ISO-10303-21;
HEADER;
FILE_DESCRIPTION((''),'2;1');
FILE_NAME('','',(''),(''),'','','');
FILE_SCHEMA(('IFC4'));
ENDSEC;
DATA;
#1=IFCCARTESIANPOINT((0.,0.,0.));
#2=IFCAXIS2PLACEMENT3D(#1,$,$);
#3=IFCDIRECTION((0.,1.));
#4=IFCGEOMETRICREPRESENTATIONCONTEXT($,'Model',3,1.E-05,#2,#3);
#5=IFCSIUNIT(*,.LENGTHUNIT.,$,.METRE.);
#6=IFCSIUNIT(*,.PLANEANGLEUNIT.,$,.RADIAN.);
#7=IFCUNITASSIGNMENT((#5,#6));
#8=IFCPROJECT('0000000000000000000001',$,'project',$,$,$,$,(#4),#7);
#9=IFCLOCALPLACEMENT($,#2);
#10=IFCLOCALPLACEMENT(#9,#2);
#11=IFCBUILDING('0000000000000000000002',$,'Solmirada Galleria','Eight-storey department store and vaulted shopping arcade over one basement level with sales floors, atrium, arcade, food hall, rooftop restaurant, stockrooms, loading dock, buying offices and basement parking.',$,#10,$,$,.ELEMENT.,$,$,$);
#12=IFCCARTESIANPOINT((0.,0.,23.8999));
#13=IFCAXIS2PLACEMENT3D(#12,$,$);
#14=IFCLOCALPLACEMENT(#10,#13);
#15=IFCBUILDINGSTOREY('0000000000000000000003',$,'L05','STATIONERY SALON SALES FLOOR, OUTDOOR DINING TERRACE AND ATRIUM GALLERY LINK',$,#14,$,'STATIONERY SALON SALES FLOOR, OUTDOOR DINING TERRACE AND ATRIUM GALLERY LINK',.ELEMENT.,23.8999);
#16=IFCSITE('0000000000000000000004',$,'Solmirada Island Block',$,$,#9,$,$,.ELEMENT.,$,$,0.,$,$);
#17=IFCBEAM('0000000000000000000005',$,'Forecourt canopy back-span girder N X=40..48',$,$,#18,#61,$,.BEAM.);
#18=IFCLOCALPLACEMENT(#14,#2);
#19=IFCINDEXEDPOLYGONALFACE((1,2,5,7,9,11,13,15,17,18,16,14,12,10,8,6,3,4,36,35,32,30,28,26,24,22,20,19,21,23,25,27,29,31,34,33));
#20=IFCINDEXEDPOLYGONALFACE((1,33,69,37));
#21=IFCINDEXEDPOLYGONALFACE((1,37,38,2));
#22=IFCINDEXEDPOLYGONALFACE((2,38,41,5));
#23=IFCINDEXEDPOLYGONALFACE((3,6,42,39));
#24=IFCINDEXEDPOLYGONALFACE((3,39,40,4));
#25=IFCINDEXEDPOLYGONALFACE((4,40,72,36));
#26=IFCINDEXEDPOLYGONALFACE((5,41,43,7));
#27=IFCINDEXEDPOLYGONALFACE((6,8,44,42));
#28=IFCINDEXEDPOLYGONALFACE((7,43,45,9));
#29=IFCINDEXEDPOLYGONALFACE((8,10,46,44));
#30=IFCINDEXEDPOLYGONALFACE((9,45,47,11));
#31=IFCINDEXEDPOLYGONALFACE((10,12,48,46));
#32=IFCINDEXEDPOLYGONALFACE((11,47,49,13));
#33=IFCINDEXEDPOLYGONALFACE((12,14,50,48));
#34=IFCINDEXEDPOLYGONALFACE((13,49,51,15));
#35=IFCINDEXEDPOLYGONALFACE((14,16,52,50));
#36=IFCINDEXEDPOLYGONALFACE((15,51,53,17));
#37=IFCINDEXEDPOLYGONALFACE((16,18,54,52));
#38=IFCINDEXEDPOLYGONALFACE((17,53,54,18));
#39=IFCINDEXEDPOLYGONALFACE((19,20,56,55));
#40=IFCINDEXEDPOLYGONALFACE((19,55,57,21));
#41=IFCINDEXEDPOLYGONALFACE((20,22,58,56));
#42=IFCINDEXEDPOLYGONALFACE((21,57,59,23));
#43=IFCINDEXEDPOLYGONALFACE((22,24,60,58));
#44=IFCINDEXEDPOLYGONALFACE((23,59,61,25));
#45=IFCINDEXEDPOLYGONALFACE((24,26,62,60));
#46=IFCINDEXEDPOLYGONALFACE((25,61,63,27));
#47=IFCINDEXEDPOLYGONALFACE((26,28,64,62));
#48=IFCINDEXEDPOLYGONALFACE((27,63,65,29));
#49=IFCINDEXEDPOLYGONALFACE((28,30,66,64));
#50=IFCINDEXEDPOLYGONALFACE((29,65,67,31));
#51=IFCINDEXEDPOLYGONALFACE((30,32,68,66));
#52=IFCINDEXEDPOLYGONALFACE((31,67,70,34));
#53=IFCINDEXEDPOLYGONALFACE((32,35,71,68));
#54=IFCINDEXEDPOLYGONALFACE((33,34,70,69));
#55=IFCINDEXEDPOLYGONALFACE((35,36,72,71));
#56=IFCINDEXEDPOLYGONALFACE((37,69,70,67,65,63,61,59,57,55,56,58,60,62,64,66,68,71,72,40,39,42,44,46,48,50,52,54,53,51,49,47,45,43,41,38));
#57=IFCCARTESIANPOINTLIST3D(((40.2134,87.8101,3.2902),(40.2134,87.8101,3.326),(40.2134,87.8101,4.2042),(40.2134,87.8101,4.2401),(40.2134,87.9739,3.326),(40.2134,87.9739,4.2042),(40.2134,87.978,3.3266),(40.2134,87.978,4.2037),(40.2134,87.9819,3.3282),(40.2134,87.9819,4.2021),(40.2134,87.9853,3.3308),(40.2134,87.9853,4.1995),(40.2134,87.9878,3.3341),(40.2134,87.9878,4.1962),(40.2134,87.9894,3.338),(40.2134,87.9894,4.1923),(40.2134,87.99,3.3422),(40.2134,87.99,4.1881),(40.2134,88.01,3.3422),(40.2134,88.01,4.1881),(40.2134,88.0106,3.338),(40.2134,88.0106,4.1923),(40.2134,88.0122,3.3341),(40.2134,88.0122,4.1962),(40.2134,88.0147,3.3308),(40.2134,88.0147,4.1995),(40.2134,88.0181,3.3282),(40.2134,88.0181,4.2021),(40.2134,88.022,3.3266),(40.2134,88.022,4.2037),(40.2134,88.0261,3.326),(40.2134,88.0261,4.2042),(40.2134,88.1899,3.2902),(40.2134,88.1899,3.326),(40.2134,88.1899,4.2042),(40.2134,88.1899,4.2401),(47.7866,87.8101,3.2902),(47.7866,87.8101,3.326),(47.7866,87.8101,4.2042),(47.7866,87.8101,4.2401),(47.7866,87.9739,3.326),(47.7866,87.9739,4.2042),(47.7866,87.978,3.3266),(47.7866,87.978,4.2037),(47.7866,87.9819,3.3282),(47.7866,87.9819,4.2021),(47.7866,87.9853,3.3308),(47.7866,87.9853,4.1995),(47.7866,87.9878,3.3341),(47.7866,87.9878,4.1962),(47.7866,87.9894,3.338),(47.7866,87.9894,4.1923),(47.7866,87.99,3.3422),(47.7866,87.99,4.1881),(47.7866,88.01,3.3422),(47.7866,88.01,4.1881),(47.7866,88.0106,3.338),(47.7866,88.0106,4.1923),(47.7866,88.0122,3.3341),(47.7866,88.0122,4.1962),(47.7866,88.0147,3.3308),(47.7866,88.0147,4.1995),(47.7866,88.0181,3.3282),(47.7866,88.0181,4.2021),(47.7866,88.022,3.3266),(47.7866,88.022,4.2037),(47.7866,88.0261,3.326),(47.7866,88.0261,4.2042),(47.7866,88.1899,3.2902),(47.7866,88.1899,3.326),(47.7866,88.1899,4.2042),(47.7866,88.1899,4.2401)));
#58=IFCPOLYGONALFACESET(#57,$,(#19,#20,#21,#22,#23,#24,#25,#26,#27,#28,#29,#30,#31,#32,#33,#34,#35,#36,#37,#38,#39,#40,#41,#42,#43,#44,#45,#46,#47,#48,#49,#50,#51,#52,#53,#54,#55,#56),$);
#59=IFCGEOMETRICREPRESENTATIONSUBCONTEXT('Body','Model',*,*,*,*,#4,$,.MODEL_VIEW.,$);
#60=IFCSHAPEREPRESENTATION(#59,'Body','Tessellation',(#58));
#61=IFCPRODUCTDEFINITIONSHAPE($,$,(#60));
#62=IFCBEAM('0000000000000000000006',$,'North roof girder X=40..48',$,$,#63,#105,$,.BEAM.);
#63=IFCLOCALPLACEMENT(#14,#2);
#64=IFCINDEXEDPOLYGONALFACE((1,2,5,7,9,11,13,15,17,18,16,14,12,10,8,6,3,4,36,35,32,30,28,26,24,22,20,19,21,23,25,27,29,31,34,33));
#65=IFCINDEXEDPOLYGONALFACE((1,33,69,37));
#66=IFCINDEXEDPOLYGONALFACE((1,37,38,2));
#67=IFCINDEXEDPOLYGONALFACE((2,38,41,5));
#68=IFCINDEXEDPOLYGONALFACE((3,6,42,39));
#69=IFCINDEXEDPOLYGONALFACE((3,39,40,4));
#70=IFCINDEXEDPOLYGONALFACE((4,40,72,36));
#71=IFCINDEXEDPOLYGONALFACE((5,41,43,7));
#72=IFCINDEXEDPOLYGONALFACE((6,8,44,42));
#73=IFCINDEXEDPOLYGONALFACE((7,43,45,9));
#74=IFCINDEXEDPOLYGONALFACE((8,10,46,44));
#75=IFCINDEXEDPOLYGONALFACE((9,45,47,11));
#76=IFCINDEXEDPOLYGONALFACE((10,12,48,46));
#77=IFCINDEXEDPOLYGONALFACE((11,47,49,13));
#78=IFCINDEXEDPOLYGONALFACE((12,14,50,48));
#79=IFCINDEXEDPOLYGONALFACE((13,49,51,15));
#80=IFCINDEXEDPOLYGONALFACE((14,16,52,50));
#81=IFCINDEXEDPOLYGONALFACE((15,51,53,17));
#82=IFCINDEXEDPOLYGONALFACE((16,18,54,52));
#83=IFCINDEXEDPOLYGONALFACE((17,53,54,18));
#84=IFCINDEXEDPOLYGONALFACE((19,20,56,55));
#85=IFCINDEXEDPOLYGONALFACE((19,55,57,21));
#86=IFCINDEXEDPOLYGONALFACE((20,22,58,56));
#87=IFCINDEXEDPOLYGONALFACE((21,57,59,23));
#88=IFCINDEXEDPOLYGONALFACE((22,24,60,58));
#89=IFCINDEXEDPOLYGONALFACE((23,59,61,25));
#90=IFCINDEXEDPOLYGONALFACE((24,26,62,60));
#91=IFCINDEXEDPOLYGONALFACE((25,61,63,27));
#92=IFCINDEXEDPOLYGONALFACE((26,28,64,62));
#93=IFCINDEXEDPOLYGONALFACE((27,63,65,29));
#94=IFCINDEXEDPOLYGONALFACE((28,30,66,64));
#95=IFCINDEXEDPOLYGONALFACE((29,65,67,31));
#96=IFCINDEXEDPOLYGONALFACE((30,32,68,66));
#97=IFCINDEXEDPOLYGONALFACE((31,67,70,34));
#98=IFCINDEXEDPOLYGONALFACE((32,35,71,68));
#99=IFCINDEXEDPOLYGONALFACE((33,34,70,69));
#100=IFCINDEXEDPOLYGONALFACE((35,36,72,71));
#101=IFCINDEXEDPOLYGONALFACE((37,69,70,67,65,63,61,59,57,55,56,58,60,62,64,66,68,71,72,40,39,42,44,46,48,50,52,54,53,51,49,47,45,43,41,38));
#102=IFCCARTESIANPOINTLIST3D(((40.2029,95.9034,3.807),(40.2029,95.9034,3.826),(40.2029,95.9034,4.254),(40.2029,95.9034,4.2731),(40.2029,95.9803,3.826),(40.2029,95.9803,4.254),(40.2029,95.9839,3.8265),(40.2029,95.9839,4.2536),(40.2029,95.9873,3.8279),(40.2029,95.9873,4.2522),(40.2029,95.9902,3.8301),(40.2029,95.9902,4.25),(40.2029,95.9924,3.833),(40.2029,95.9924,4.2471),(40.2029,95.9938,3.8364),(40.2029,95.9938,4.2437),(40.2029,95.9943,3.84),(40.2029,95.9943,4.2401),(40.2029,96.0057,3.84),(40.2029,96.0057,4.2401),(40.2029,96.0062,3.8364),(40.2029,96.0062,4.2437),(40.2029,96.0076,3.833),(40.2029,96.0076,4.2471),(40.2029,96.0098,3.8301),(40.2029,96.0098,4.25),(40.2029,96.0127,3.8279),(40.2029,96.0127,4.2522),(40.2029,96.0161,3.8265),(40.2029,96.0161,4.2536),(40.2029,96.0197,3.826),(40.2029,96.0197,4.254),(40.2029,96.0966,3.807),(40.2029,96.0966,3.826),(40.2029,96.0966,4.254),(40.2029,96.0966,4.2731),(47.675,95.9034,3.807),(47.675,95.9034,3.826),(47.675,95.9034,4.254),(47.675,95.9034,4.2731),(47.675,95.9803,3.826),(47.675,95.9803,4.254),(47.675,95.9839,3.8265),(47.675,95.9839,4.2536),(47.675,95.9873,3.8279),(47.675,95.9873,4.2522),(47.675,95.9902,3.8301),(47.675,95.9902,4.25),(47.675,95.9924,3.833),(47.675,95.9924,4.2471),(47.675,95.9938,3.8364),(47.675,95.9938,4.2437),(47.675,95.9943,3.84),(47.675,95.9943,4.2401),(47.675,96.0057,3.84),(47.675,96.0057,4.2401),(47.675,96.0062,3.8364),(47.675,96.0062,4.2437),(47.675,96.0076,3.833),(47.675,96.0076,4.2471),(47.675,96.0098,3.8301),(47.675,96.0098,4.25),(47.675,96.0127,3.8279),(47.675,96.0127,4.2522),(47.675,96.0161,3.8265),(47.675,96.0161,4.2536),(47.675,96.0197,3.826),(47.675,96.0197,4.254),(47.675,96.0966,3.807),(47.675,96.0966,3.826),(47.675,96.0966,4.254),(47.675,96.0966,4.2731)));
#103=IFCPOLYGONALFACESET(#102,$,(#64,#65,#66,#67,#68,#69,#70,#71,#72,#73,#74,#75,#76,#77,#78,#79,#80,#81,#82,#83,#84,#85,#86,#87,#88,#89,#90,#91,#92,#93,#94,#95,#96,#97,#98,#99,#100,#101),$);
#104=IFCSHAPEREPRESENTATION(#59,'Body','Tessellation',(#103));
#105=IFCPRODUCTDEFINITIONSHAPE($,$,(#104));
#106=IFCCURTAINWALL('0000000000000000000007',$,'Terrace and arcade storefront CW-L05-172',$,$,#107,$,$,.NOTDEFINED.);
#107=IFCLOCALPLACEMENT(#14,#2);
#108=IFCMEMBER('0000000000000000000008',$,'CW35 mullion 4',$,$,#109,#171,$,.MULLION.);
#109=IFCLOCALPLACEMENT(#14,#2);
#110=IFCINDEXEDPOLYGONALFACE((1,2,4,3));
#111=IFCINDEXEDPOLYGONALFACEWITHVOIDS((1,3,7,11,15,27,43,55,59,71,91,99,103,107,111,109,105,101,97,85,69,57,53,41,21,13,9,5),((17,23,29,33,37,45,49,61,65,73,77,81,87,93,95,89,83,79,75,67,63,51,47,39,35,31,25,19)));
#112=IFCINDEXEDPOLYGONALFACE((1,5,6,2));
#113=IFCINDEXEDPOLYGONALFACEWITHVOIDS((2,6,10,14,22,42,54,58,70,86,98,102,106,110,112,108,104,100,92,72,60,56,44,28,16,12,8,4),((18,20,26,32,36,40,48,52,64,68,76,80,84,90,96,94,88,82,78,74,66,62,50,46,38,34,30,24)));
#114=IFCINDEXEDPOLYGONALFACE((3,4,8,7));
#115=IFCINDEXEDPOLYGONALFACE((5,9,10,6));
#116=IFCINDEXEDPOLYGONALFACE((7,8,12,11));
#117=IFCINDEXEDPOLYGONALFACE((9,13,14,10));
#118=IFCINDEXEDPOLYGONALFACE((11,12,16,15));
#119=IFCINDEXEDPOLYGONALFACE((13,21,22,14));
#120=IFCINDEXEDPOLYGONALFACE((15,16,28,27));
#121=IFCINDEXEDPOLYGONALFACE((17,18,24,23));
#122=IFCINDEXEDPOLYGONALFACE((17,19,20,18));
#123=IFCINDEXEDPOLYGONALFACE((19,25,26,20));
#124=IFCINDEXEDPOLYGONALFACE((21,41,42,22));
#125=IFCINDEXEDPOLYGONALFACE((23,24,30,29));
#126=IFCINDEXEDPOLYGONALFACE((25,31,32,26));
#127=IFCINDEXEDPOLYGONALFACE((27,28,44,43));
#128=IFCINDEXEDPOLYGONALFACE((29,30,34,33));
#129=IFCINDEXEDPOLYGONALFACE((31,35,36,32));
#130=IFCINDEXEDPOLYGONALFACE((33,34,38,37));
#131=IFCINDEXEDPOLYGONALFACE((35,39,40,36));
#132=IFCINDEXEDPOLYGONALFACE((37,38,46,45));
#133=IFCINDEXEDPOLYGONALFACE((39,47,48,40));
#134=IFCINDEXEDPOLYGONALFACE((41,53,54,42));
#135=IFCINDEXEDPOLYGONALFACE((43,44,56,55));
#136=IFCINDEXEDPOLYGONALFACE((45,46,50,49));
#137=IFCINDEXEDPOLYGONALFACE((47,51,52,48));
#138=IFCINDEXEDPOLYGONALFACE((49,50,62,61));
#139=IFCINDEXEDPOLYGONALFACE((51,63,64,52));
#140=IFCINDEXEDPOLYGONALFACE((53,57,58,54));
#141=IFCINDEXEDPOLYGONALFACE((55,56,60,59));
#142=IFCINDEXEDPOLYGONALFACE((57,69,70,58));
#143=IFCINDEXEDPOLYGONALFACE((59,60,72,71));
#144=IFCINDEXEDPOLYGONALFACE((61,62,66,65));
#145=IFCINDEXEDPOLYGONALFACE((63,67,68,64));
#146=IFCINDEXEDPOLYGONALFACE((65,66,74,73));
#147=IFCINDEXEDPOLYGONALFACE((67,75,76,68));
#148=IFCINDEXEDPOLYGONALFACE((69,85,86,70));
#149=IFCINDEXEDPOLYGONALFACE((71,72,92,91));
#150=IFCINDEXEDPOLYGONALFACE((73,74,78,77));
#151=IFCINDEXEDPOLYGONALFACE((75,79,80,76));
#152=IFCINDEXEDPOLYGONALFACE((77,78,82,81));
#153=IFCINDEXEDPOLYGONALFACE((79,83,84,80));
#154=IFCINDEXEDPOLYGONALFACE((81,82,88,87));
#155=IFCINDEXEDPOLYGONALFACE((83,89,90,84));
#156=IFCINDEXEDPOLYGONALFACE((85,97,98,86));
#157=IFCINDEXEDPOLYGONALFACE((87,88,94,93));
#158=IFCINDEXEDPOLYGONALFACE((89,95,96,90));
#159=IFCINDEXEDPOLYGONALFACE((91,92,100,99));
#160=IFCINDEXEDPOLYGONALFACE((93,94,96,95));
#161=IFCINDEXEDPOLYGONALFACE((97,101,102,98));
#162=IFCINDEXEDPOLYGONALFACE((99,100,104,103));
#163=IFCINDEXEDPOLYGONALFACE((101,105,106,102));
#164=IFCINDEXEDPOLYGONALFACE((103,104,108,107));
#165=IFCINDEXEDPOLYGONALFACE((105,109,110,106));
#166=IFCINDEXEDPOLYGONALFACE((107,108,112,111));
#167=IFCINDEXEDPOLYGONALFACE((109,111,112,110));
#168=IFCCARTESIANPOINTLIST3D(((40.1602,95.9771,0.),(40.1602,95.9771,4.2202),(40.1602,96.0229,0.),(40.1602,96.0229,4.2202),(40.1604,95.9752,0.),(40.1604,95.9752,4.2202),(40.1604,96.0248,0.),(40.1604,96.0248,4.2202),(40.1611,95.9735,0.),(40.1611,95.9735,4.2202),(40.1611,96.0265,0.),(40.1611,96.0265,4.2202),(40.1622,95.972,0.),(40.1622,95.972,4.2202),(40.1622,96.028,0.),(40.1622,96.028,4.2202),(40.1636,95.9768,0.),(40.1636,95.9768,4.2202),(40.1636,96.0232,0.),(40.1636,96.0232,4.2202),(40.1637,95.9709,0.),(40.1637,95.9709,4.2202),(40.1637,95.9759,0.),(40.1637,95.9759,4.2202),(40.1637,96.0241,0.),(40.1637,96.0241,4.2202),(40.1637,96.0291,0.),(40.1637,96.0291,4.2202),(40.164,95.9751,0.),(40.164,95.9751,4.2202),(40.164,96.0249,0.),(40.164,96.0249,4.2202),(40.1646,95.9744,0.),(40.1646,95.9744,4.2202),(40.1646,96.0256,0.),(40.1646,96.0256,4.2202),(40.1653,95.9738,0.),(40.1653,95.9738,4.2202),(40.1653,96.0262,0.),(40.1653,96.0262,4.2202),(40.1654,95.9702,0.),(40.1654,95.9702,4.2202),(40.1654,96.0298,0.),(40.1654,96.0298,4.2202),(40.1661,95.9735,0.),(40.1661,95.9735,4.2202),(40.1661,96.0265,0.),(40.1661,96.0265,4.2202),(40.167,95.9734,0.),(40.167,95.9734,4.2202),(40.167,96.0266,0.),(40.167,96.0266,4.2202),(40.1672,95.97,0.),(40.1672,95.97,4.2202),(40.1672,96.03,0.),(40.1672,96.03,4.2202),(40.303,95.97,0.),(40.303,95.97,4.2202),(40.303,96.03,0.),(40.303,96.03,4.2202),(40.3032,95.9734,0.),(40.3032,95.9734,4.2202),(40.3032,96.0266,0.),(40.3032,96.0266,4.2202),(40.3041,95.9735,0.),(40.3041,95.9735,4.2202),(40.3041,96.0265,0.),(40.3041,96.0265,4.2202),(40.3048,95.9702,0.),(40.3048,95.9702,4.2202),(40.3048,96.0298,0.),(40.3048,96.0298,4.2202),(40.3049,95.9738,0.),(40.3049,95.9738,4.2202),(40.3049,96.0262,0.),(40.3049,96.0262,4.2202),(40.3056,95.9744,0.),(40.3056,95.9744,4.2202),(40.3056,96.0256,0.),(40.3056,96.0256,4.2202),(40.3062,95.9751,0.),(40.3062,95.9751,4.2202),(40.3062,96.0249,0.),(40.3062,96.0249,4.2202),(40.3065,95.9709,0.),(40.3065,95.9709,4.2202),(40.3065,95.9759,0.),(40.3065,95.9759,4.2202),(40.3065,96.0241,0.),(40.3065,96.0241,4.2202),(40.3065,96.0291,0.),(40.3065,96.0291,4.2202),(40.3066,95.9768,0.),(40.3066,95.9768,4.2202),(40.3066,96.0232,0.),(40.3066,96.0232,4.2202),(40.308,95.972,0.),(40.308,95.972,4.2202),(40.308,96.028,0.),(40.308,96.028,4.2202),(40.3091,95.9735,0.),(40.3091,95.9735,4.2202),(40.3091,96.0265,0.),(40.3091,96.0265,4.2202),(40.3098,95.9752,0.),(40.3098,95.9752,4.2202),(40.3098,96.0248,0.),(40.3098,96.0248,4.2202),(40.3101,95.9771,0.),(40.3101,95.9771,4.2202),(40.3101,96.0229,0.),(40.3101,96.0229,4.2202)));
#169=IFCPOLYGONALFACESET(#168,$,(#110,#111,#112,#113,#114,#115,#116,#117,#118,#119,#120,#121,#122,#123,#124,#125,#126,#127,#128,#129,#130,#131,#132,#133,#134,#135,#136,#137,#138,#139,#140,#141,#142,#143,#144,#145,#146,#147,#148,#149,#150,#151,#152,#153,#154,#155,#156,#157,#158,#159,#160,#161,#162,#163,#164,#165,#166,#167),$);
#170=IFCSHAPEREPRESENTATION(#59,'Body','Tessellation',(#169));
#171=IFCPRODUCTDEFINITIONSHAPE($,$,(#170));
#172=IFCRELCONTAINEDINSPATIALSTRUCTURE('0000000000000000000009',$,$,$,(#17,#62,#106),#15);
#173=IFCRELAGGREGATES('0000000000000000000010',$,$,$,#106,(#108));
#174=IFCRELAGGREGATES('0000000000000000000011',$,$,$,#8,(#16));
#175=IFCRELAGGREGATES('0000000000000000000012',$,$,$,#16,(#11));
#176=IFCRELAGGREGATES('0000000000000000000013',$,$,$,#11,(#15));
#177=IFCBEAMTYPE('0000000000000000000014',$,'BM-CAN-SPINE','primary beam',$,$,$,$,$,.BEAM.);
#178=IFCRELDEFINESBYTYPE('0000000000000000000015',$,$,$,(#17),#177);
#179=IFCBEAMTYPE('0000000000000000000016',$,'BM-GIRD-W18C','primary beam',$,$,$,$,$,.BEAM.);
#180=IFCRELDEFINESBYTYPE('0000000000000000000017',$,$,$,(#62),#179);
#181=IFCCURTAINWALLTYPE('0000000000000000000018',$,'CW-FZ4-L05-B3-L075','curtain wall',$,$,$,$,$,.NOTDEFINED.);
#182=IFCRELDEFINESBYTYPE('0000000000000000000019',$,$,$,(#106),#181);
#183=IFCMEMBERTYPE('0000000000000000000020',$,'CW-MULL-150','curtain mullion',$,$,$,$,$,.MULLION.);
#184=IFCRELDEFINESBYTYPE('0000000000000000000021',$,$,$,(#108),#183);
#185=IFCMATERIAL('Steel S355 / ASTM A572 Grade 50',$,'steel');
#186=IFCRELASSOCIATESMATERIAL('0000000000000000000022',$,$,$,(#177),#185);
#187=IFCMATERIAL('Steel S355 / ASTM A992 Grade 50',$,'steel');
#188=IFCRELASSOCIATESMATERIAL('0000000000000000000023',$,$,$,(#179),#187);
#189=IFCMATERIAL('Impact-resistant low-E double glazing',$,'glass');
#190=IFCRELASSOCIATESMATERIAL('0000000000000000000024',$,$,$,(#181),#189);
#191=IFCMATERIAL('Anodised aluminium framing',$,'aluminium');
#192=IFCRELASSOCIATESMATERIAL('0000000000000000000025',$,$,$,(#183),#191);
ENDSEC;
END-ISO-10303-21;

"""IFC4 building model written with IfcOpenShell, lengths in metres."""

from ifc_helpers import new_model, si_unit, direction, frame, origin, origin_2d, place, context, subcontext, project, spatial, hollow_rectangle, i_section, extrude, material, material_profile, profile_set, type_object, element, aggregate, save


model = new_model("IFC4")

# Units and contexts
model_context = context("Model", 3, precision=1e-05, world=origin(), true_north=direction((0.0, 1.0)))
body_context = subcontext(model_context, "Body", "Model", "MODEL_VIEW")
ifc_project = project(units=[si_unit("LENGTHUNIT", "METRE"), si_unit("PLANEANGLEUNIT", "RADIAN")], contexts=[model_context])

# Site, building, storey
site_placement = place(None, origin())
site = spatial("IfcSite", under=ifc_project, at=site_placement, Name="Solmirada Island Block", CompositionType="ELEMENT", RefElevation=0.0)
building_placement = place(site_placement, origin())
building = spatial("IfcBuilding", under=site, at=building_placement, Name="Solmirada Galleria", Description="Eight-storey department store and vaulted shopping arcade over one basement level with sales floors, atrium, arcade, food hall, rooftop restaurant, stockrooms, loading dock, buying offices and basement parking.", CompositionType="ELEMENT")
storey_placement = place(building_placement, frame((0.0, 0.0, 23.8999)))
storey = spatial("IfcBuildingStorey", under=building, at=storey_placement, Name="L05", Description="STATIONERY SALON SALES FLOOR, OUTDOOR DINING TERRACE AND ATRIUM GALLERY LINK", LongName="STATIONERY SALON SALES FLOOR, OUTDOOR DINING TERRACE AND ATRIUM GALLERY LINK", CompositionType="ELEMENT", Elevation=23.8999)

# Beams
ifc_material_1 = material(Name="Steel S355 / ASTM A572 Grade 50", Category="steel")
ifc_material_profile_1 = material_profile(ifc_material_1, i_section(OverallWidth=0.3799, OverallDepth=0.95, WebThickness=0.02, FlangeThickness=0.0359, FilletRadius=0.0161, at=origin_2d()), Name="PG950X380")
ifc_profile_set_1 = profile_set([ifc_material_profile_1], Name="Steel S355 / ASTM A572 Grade 50")
beam_type_1 = type_object("IfcBeamType", Name="BM-CAN-SPINE", Description="primary beam", PredefinedType="BEAM", material=ifc_profile_set_1)
beam_1_placement = place(storey_placement, frame((40.2134, 88.0, 3.7651), z_axis=(1.0, 0.0, 0.0), x_axis=(0.0, 1.0, 0.0)))
element("IfcBeam", 1, at=beam_1_placement, inside=storey, type_object=beam_type_1, Name="Forecourt canopy back-span girder N X=40..48", PredefinedType="BEAM", context=body_context, shape_type="SweptSolid", body=[
    extrude(i_section(OverallWidth=0.3799, OverallDepth=0.95, WebThickness=0.02, FlangeThickness=0.0359, FilletRadius=0.0161, at=origin_2d()), origin(), (0.0, 0.0, 1.0), 7.5732),
])
ifc_material_2 = material(Name="Steel S355 / ASTM A992 Grade 50", Category="steel")
ifc_material_profile_2 = material_profile(ifc_material_2, i_section(OverallWidth=0.1931, OverallDepth=0.4661, WebThickness=0.0115, FlangeThickness=0.019, FilletRadius=0.0139, at=origin_2d()), Name="W18X65")
ifc_profile_set_2 = profile_set([ifc_material_profile_2], Name="Steel S355 / ASTM A992 Grade 50")
beam_type_2 = type_object("IfcBeamType", Name="BM-GIRD-W18C", Description="primary beam", PredefinedType="BEAM", material=ifc_profile_set_2)
beam_2_placement = place(storey_placement, frame((40.2029, 96.0, 4.04), z_axis=(1.0, 0.0, 0.0), x_axis=(0.0, 1.0, 0.0)))
element("IfcBeam", 2, at=beam_2_placement, inside=storey, type_object=beam_type_2, Name="North roof girder X=40..48", PredefinedType="BEAM", context=body_context, shape_type="SweptSolid", body=[
    extrude(i_section(OverallWidth=0.1931, OverallDepth=0.4661, WebThickness=0.0115, FlangeThickness=0.019, FilletRadius=0.0139, at=origin_2d()), origin(), (0.0, 0.0, 1.0), 7.4722),
])

# Curtain wall, member
ifc_material_3 = material(Name="Impact-resistant low-E double glazing", Category="glass")
curtain_wall_type = type_object("IfcCurtainWallType", Name="CW-FZ4-L05-B3-L075", Description="curtain wall", PredefinedType="NOTDEFINED", material=ifc_material_3)
curtain_wall_placement = place(storey_placement, origin())
curtain_wall = element("IfcCurtainWall", 3, at=curtain_wall_placement, inside=storey, type_object=curtain_wall_type, Name="Terrace and arcade storefront CW-L05-172", PredefinedType="NOTDEFINED")
ifc_material_4 = material(Name="Anodised aluminium framing", Category="aluminium")
ifc_material_profile_3 = material_profile(ifc_material_4, hollow_rectangle(XDim=0.0601, YDim=0.1499, WallThickness=0.0034, InnerFilletRadius=0.0034, OuterFilletRadius=0.0071, at=origin_2d()), Name="ALU-MULL-150X60")
ifc_profile_set_3 = profile_set([ifc_material_profile_3], Name="Anodised aluminium framing")
member_type_1 = type_object("IfcMemberType", Name="CW-MULL-150", Description="curtain mullion", PredefinedType="MULLION", material=ifc_profile_set_3)
member_1_placement = place(storey_placement, frame((40.2351, 96.0, 0.0), z_axis=(0.0, 0.0, 1.0), x_axis=(0.0, -1.0, 0.0)))
member_1 = element("IfcMember", 4, at=member_1_placement, type_object=member_type_1, Name="CW35 mullion 4", PredefinedType="MULLION", context=body_context, shape_type="SweptSolid", body=[
    extrude(hollow_rectangle(XDim=0.0601, YDim=0.1499, WallThickness=0.0034, InnerFilletRadius=0.0034, OuterFilletRadius=0.0071, at=origin_2d()), origin(), (0.0, 0.0, 1.0), 4.2202),
])

aggregate(curtain_wall, [member_1])

save(model, "model.ifc")
